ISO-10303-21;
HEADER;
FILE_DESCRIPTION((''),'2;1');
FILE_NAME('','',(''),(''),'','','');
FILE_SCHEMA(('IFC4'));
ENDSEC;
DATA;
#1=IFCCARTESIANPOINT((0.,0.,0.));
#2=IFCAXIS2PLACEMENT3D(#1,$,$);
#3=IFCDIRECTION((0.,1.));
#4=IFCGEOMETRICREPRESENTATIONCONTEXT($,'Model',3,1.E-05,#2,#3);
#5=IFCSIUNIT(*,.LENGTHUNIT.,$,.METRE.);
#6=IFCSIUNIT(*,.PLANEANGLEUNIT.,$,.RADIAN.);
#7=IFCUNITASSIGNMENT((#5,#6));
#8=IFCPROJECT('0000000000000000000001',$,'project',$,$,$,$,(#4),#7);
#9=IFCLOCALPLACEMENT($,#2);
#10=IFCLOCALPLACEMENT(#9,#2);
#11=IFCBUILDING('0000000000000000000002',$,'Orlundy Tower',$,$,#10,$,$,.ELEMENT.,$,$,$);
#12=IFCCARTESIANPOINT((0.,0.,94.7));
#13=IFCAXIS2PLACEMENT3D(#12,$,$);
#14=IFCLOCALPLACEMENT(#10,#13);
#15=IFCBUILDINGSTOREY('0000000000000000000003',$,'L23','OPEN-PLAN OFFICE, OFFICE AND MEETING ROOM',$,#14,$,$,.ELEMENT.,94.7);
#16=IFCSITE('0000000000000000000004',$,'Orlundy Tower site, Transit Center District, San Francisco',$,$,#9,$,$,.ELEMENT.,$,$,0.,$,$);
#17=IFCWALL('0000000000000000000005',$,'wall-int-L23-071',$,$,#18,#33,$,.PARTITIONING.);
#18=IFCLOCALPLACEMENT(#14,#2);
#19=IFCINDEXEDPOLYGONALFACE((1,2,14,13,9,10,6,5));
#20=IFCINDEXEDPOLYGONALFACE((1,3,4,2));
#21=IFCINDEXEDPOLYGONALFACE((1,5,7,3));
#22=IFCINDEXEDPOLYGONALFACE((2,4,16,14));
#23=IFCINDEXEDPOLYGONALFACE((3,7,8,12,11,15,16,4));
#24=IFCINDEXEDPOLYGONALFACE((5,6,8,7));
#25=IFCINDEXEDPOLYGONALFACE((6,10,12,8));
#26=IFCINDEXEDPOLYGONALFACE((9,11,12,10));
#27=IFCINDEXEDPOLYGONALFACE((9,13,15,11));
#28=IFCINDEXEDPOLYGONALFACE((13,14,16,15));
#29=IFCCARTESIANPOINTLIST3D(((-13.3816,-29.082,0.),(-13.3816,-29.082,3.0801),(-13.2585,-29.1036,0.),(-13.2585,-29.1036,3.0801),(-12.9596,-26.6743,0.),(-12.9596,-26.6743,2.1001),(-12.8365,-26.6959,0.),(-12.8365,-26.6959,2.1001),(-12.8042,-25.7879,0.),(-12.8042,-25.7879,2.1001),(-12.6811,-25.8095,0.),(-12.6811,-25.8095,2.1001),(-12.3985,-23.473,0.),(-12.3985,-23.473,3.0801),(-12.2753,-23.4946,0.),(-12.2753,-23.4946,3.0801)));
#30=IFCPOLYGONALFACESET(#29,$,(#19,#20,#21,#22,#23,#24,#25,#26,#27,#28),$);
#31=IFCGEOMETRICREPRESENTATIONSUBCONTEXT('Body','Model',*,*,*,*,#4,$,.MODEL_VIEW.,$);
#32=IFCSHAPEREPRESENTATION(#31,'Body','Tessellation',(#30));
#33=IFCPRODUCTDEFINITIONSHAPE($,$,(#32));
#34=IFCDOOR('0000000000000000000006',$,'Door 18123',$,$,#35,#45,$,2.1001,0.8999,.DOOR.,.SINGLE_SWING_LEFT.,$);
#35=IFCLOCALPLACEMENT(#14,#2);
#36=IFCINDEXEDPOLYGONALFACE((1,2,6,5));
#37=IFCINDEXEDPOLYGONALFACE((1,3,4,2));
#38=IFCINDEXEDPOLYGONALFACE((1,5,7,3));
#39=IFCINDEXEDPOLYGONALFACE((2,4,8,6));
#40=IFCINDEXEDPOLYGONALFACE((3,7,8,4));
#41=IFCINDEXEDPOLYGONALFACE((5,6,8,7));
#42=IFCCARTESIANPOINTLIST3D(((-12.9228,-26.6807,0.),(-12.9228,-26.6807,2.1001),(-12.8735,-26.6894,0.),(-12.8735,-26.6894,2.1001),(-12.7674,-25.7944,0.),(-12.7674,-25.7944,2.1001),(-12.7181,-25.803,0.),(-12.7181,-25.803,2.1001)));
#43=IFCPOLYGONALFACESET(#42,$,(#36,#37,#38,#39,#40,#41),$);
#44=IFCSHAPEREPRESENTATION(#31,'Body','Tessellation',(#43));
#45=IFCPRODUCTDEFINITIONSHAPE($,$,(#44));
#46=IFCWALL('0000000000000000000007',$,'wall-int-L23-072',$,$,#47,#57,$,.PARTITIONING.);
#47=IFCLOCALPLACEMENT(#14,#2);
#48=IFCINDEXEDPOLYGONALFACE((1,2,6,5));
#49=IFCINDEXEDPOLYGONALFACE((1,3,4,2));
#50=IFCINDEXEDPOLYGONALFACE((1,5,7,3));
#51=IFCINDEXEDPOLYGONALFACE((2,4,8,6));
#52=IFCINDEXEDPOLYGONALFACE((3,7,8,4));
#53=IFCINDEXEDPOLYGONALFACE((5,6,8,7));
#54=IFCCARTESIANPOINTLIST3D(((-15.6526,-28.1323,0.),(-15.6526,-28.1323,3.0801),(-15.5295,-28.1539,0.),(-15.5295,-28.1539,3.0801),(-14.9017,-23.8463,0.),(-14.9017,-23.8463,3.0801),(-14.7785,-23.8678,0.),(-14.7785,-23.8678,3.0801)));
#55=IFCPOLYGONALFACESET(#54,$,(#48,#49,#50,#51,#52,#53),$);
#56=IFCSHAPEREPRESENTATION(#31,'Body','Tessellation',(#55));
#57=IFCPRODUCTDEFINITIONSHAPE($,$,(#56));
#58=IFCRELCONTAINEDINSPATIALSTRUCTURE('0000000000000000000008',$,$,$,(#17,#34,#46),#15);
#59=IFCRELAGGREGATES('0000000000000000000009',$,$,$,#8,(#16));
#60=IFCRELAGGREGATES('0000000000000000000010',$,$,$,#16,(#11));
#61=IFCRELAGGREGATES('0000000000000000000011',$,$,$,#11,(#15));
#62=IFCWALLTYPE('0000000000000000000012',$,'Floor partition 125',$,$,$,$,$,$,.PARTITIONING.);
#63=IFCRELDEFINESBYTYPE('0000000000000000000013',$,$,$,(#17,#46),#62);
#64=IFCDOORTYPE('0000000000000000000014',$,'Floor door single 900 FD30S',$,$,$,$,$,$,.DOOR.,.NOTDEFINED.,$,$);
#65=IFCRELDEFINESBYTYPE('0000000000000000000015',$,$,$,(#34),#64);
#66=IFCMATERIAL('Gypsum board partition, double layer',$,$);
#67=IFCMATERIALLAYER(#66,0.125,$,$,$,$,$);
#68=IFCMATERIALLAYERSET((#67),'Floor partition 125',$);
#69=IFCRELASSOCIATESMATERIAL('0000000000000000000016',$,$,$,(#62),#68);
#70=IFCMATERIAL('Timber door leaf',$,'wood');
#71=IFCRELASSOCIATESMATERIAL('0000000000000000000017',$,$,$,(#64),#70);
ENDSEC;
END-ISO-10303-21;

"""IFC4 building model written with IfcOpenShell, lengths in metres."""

from ifc_helpers import new_model, si_unit, direction, frame, frame_2d, origin, place, context, subcontext, project, spatial, rectangle, extrude, material, layer, layer_set, type_object, element, fill, save


model = new_model("IFC4")

# Units and contexts
model_context = context("Model", 3, precision=1e-05, world=origin(), true_north=direction((0.0, 1.0)))
body_context = subcontext(model_context, "Body", "Model", "MODEL_VIEW")
ifc_project = project(units=[si_unit("LENGTHUNIT", "METRE"), si_unit("PLANEANGLEUNIT", "RADIAN")], contexts=[model_context])

# Site, building, storey
site_placement = place(None, origin())
site = spatial("IfcSite", under=ifc_project, at=site_placement, Name="Orlundy Tower site, Transit Center District, San Francisco", CompositionType="ELEMENT", RefElevation=0.0)
building_placement = place(site_placement, origin())
building = spatial("IfcBuilding", under=site, at=building_placement, Name="Orlundy Tower", CompositionType="ELEMENT")
storey_placement = place(building_placement, frame((0.0, 0.0, 94.7)))
storey = spatial("IfcBuildingStorey", under=building, at=storey_placement, Name="L23", Description="OPEN-PLAN OFFICE, OFFICE AND MEETING ROOM", CompositionType="ELEMENT", Elevation=94.7)

# Shared definitions
ifc_material_1 = material(Name="Gypsum board partition, double layer")
ifc_layer_1 = layer(ifc_material_1, 0.125)
ifc_layer_set_1 = layer_set([ifc_layer_1], Name="Floor partition 125")
wall_type_1 = type_object("IfcWallType", Name="Floor partition 125", PredefinedType="PARTITIONING", material=ifc_layer_set_1)

# Shared definitions
ifc_material_2 = material(Name="Timber door leaf", Category="wood")
door_type = type_object("IfcDoorType", Name="Floor door single 900 FD30S", OperationType="NOTDEFINED", PredefinedType="DOOR", material=ifc_material_2)

# Wall, opening, door
wall_1_placement = place(storey_placement, frame((-12.3369, -23.4839, 0.0), z_axis=(0.0, 0.0, 1.0), x_axis=(-0.172646, -0.984984, 0.0)))
wall_1 = element("IfcWall", 1, at=wall_1_placement, inside=storey, type_object=wall_type_1, Name="wall-int-L23-071", PredefinedType="PARTITIONING", context=body_context, shape_type="SweptSolid", body=[
    extrude(rectangle(XDim=5.6946, YDim=0.125, at=frame_2d((2.8472, 0.0))), origin(), (0.0, 0.0, 1.0), 3.0801),
])
opening_1_placement = place(wall_1_placement, frame((2.3501, 0.0, 0.0)))
opening_1 = element("IfcOpeningElement", 2, at=opening_1_placement, cuts=wall_1, PredefinedType="OPENING", context=body_context, shape_type="SweptSolid", body=[
    extrude(rectangle(XDim=0.8999, YDim=2.1001, at=frame_2d((0.45, 1.05))), frame((0.0, 0.0725, 0.0), z_axis=(0.0, -1.0, 0.0), x_axis=(1.0, 0.0, 0.0)), (0.0, 0.0, 1.0), 0.145),
])
door_1_placement = place(opening_1_placement, origin())
door_1 = element("IfcDoor", 3, at=door_1_placement, inside=storey, type_object=door_type, Name="Door 18123", OperationType="SINGLE_SWING_LEFT", OverallHeight=2.1001, OverallWidth=0.8999, PredefinedType="DOOR", context=body_context, shape_type="SweptSolid", body=[
    extrude(rectangle(XDim=0.8999, YDim=2.1001, at=frame_2d((0.45, 1.05))), frame((0.0, 0.0249, 0.0), z_axis=(0.0, -1.0, 0.0), x_axis=(1.0, 0.0, 0.0)), (0.0, 0.0, 1.0), 0.05),
])
fill(opening_1, door_1)

# Wall
wall_2_placement = place(storey_placement, frame((-14.8401, -23.8569, 0.0), z_axis=(0.0, 0.0, 1.0), x_axis=(-0.172582, -0.984995, 0.0)))
element("IfcWall", 4, at=wall_2_placement, inside=storey, type_object=wall_type_1, Name="wall-int-L23-072", PredefinedType="PARTITIONING", context=body_context, shape_type="SweptSolid", body=[
    extrude(rectangle(XDim=4.3513, YDim=0.125, at=frame_2d((2.1758, 0.0))), origin(), (0.0, 0.0, 1.0), 3.0801),
])

save(model, "model.ifc")
